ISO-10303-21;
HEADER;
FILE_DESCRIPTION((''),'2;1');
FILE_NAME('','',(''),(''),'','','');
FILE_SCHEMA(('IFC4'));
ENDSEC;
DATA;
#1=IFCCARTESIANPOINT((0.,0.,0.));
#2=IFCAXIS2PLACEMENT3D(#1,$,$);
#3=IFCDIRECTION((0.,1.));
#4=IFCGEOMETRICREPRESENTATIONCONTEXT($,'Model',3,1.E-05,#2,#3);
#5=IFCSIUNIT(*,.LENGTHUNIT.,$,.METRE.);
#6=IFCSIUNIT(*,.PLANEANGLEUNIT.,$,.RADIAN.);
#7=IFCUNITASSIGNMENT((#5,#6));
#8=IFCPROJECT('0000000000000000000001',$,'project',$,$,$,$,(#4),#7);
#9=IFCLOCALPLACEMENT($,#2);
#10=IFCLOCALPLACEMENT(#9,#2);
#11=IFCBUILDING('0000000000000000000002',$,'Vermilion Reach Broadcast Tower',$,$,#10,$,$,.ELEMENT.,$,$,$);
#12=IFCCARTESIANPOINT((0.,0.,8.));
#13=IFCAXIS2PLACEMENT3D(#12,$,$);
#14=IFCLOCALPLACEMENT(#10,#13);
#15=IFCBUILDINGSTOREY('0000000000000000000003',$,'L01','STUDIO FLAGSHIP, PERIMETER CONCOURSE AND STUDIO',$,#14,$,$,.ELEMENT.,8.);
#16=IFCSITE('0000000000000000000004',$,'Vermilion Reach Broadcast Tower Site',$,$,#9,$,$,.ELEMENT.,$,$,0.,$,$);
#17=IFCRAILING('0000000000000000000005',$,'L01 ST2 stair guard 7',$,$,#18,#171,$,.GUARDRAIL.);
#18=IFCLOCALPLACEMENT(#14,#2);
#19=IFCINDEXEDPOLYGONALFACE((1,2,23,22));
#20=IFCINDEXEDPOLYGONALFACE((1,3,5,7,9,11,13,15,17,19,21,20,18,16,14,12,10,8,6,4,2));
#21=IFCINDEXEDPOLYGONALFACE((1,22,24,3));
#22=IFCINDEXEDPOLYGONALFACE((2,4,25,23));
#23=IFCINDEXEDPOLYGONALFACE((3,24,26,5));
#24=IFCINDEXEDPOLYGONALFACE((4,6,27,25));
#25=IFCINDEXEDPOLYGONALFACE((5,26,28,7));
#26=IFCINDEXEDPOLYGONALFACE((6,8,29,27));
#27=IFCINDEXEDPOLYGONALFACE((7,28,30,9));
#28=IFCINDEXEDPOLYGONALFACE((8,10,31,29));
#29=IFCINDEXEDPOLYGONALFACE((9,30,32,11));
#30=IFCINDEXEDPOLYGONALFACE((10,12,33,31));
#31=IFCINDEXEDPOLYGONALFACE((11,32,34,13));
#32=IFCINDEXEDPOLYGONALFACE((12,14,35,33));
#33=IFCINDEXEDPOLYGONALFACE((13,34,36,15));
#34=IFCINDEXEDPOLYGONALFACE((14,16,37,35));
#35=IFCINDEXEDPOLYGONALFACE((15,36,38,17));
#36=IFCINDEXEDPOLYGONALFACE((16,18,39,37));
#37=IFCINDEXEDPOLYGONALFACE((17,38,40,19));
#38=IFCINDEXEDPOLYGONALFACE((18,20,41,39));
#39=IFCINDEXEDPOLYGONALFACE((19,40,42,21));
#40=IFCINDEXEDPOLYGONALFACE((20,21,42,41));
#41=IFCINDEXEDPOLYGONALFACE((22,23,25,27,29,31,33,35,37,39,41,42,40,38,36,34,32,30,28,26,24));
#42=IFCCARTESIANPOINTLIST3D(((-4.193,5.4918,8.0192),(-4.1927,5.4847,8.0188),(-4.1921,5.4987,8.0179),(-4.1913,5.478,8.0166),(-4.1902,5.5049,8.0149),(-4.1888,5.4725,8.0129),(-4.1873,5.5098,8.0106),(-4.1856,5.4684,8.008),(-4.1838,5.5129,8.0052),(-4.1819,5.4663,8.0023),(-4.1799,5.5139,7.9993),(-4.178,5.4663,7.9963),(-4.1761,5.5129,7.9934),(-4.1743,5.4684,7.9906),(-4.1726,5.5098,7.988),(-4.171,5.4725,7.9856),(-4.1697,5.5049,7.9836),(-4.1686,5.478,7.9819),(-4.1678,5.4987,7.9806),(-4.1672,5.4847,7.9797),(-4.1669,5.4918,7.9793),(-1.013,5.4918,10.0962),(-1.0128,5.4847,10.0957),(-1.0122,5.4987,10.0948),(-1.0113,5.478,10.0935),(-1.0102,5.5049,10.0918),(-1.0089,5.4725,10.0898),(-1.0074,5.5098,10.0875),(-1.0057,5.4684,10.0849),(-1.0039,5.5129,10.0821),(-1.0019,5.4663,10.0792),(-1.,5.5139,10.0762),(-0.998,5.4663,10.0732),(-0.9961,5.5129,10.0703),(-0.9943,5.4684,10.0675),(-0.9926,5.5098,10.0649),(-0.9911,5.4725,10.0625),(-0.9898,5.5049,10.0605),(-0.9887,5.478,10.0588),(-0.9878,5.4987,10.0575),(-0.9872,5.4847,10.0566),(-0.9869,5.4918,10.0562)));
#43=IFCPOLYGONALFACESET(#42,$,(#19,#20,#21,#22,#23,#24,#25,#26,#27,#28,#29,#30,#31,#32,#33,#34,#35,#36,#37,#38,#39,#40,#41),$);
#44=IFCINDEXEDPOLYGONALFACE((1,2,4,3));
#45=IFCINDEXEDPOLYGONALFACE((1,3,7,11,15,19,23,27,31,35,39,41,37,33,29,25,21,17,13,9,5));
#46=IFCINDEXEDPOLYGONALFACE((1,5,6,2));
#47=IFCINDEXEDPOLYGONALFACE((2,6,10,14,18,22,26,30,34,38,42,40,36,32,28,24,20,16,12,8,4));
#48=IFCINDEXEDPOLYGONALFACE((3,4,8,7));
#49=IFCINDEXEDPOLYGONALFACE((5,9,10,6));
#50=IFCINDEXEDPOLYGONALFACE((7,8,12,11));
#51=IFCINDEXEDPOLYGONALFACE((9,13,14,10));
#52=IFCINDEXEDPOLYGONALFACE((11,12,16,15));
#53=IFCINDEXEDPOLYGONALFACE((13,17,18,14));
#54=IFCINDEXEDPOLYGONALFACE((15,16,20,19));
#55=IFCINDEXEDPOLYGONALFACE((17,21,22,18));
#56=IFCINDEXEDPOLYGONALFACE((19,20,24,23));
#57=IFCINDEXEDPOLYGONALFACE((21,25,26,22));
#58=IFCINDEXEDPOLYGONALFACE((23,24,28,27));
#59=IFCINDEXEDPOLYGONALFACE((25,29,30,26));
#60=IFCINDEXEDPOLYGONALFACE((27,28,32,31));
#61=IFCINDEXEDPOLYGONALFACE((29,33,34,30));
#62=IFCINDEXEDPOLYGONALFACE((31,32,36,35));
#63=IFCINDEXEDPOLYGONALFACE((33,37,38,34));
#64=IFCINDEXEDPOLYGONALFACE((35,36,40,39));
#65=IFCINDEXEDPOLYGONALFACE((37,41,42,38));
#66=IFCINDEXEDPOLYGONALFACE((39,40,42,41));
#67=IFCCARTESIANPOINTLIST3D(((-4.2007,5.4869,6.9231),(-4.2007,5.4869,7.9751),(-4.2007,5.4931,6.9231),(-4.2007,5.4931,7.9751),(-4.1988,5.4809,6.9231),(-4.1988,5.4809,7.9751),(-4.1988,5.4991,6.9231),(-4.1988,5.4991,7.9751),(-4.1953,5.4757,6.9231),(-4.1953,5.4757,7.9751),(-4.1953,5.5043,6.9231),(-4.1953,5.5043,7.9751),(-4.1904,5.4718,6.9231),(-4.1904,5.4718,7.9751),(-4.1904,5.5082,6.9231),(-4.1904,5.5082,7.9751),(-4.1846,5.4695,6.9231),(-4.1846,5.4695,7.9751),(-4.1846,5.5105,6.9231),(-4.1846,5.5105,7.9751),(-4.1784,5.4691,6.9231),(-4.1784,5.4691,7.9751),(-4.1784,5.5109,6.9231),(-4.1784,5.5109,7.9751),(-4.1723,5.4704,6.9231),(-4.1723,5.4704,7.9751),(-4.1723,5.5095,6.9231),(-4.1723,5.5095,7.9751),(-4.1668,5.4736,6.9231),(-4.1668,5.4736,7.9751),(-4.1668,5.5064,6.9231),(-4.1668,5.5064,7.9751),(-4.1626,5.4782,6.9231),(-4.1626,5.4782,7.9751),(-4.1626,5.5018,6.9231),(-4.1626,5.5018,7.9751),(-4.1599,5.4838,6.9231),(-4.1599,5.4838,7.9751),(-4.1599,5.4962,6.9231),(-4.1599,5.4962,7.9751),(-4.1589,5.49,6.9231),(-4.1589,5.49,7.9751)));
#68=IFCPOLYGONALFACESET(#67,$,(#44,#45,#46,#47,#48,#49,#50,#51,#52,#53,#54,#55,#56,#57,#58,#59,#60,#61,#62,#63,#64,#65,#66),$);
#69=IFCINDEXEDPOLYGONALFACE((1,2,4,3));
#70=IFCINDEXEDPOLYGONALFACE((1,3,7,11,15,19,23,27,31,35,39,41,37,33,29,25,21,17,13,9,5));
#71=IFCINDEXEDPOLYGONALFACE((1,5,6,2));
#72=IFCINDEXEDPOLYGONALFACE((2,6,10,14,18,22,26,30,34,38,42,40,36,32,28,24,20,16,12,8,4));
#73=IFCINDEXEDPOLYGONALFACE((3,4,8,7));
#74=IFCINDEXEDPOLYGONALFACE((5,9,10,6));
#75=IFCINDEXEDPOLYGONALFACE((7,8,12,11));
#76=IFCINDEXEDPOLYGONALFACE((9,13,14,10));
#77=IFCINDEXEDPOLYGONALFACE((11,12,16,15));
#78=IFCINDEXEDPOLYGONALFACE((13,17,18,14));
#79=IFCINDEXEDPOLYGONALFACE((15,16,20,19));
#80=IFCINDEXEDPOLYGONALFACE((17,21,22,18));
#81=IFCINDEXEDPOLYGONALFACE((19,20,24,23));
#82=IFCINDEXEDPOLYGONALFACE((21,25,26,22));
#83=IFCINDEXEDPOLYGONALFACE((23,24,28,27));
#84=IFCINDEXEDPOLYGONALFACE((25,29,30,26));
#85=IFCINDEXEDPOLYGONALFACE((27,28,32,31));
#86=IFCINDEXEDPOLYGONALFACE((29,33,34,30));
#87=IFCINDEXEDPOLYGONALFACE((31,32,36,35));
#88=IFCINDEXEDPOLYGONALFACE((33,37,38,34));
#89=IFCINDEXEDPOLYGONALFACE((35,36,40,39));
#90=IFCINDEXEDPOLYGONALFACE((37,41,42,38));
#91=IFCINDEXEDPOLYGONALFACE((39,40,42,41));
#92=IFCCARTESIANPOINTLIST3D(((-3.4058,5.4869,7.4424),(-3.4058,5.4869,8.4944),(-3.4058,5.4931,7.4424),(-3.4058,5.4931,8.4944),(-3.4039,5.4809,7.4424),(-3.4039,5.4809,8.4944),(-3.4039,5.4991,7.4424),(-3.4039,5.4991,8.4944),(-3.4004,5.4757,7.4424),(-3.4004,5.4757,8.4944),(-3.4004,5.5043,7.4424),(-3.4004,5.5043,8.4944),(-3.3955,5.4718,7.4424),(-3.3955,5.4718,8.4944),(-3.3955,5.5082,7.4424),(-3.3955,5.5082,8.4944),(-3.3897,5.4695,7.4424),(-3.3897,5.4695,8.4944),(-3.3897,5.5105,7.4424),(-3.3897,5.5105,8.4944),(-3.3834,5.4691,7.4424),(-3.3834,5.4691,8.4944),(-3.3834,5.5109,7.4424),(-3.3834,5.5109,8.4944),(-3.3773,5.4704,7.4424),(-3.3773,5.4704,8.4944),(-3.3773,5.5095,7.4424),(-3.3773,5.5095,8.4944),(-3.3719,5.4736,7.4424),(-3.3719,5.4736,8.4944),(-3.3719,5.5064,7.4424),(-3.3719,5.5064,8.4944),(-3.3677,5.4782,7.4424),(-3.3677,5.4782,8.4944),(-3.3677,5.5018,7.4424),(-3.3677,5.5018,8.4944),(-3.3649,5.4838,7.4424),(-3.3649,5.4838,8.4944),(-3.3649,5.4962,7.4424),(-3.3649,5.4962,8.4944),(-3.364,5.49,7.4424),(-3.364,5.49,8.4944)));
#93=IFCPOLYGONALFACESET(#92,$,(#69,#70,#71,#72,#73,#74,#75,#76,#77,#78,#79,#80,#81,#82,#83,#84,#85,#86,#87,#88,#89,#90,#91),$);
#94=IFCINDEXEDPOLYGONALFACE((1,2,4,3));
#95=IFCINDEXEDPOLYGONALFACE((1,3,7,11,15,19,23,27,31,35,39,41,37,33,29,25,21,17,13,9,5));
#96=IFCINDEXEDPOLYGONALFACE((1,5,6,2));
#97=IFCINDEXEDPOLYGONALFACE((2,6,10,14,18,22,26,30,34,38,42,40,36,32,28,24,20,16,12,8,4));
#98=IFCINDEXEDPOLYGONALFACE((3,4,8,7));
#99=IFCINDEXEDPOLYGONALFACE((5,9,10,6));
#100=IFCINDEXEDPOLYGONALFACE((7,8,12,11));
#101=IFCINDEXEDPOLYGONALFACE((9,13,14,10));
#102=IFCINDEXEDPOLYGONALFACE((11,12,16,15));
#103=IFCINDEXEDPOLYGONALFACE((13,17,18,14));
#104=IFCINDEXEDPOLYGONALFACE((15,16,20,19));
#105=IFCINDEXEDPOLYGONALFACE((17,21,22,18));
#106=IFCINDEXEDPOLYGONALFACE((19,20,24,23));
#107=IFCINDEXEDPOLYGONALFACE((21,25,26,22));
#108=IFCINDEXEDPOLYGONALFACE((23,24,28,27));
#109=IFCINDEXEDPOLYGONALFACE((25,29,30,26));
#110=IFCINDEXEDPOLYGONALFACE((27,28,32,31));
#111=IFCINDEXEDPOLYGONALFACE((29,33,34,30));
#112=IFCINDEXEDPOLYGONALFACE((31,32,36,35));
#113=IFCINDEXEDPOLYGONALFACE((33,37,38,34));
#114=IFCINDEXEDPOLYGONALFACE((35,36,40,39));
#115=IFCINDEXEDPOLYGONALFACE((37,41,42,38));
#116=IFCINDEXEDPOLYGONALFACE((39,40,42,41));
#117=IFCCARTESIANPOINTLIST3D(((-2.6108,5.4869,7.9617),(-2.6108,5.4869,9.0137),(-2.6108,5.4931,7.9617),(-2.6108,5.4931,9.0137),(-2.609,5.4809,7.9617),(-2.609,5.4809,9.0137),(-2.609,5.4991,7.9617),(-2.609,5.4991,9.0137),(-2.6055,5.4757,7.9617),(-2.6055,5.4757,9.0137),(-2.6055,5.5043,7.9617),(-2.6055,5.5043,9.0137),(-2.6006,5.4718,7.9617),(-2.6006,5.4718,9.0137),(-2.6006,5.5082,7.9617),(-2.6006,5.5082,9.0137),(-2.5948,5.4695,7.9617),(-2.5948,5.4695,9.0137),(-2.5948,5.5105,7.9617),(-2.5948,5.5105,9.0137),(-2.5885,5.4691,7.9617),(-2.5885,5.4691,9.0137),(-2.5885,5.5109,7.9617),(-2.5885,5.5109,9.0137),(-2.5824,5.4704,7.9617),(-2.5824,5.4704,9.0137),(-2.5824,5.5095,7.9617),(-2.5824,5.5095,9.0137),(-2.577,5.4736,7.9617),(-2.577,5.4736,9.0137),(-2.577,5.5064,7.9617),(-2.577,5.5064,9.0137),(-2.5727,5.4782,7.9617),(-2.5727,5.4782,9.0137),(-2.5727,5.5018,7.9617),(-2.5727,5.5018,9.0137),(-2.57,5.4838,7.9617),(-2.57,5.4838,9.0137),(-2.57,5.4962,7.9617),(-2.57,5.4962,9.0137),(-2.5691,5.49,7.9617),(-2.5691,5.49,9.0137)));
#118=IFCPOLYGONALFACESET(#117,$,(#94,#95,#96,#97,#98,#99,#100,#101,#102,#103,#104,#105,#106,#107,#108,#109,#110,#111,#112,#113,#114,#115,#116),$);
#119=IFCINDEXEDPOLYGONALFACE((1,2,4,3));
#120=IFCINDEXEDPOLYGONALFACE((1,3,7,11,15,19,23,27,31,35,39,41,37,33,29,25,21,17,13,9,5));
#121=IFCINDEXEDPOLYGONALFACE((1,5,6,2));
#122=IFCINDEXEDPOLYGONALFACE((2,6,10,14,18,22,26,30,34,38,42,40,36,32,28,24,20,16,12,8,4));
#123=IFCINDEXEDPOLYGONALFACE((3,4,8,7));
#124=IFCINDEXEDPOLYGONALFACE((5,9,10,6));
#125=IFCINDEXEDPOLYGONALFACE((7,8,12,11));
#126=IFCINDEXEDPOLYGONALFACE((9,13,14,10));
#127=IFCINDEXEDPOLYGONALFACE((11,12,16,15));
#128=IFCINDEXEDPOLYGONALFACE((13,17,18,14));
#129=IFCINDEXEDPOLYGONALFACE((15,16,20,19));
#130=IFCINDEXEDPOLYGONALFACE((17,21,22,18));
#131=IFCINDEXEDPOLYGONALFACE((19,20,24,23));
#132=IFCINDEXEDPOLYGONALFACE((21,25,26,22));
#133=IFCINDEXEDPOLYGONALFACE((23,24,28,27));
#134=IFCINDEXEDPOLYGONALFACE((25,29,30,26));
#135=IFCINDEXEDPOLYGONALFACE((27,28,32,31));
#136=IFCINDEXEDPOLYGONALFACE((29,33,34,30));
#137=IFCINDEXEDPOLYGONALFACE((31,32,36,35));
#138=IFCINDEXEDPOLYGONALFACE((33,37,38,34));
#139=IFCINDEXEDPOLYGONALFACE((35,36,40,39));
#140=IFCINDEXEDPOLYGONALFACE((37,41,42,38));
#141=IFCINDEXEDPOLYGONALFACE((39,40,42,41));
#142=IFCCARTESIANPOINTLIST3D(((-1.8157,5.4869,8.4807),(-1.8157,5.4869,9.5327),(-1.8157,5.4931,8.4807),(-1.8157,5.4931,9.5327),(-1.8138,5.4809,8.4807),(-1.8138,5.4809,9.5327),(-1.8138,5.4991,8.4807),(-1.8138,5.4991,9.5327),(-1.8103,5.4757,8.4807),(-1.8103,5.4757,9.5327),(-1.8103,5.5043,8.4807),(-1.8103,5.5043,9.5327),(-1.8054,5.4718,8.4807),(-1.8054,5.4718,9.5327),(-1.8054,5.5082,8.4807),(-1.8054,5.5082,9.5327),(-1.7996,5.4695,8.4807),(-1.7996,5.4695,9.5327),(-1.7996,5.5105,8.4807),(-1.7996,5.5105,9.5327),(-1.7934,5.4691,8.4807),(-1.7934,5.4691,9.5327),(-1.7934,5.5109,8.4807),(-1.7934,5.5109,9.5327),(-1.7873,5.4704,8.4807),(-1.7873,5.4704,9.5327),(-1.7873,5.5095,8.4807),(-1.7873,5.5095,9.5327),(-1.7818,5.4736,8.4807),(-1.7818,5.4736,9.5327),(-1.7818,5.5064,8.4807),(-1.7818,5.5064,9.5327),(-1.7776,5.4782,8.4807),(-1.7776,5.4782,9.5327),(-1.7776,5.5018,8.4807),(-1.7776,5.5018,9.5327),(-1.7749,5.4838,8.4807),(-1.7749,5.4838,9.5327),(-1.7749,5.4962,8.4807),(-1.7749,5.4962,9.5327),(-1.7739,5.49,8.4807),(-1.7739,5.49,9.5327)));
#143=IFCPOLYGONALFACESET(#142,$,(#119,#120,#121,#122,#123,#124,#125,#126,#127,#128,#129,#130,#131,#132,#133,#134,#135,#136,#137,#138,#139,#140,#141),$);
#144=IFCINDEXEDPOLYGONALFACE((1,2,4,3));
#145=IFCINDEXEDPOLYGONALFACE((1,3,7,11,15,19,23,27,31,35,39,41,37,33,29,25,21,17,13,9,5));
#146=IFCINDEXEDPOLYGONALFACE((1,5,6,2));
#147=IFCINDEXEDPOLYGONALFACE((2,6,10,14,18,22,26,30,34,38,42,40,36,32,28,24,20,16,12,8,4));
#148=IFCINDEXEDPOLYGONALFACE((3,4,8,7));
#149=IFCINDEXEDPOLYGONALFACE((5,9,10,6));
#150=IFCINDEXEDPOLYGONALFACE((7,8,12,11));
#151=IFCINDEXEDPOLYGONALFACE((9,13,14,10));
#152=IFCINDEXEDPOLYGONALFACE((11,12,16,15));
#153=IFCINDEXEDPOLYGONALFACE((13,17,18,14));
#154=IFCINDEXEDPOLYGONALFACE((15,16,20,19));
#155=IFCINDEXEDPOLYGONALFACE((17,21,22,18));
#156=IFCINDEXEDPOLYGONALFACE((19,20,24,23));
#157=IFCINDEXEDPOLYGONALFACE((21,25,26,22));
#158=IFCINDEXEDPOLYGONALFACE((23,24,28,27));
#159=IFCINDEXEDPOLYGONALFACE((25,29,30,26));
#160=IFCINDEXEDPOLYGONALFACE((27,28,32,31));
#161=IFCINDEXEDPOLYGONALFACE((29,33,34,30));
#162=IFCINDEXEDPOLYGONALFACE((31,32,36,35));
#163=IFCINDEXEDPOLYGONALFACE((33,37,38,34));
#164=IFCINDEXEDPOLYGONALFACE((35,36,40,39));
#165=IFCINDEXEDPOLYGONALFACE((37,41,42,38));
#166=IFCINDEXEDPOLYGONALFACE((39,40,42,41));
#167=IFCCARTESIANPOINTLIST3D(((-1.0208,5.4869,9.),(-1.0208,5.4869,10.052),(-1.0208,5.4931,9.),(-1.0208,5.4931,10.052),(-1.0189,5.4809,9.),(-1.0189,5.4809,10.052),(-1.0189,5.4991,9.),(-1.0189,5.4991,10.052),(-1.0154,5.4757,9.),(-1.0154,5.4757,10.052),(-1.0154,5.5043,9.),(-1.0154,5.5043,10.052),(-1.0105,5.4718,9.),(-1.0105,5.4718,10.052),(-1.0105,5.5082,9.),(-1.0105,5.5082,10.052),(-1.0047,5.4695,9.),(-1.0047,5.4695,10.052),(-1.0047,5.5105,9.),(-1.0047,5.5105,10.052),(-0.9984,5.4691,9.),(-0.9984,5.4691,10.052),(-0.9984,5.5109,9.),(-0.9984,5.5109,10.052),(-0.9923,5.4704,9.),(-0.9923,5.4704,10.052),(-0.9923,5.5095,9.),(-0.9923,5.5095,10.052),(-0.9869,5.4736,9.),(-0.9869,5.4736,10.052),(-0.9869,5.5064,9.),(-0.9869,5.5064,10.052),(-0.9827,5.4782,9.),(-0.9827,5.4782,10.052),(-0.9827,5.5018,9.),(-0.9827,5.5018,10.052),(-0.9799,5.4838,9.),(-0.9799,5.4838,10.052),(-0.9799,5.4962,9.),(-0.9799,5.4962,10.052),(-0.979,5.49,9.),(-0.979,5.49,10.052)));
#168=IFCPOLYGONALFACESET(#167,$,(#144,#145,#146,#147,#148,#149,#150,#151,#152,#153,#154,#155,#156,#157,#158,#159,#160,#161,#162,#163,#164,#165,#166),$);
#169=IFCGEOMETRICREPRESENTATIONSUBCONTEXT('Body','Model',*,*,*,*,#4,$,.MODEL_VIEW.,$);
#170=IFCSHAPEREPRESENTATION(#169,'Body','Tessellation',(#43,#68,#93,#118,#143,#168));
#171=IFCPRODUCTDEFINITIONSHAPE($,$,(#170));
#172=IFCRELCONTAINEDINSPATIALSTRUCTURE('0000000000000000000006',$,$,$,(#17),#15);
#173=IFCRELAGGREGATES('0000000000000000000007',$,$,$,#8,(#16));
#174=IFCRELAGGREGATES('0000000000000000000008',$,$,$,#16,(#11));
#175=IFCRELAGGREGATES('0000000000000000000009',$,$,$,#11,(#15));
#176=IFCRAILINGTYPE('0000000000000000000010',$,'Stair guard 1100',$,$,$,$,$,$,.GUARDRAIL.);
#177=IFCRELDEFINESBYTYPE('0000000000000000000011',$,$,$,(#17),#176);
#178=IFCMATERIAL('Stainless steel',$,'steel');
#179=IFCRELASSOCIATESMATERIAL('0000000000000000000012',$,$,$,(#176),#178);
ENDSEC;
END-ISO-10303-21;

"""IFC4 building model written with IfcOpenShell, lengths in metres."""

from ifc_helpers import new_model, si_unit, direction, frame, origin, origin_2d, place, context, subcontext, project, spatial, circle, extrude, material, type_object, element, save


model = new_model("IFC4")

# Units and contexts
model_context = context("Model", 3, precision=1e-05, world=origin(), true_north=direction((0.0, 1.0)))
body_context = subcontext(model_context, "Body", "Model", "MODEL_VIEW")
ifc_project = project(units=[si_unit("LENGTHUNIT", "METRE"), si_unit("PLANEANGLEUNIT", "RADIAN")], contexts=[model_context])

# Site, building, storey
site_placement = place(None, origin())
site = spatial("IfcSite", under=ifc_project, at=site_placement, Name="Vermilion Reach Broadcast Tower Site", CompositionType="ELEMENT", RefElevation=0.0)
building_placement = place(site_placement, origin())
building = spatial("IfcBuilding", under=site, at=building_placement, Name="Vermilion Reach Broadcast Tower", CompositionType="ELEMENT")
storey_placement = place(building_placement, frame((0.0, 0.0, 8.0)))
storey = spatial("IfcBuildingStorey", under=building, at=storey_placement, Name="L01", Description="STUDIO FLAGSHIP, PERIMETER CONCOURSE AND STUDIO", CompositionType="ELEMENT", Elevation=8.0)

# Railing
ifc_material_1 = material(Name="Stainless steel", Category="steel")
railing_type_1 = type_object("IfcRailingType", Name="Stair guard 1100", PredefinedType="GUARDRAIL", material=ifc_material_1)
railing_1_placement = place(storey_placement, frame((-4.1799, 5.49, 6.9231)))
element("IfcRailing", 1, at=railing_1_placement, inside=storey, type_object=railing_type_1, Name="L01 ST2 stair guard 7", PredefinedType="GUARDRAIL", context=body_context, shape_type="SweptSolid", body=[
    extrude(circle(Radius=0.0239, at=origin_2d()), frame((0.0, 0.0, 1.0762), z_axis=(0.837245, 0.0, 0.546828), x_axis=(0.0, 1.0, 0.0)), (0.0, 0.0, 1.0), 3.7981),
    extrude(circle(Radius=0.021, at=origin_2d()), origin(), (0.0, 0.0, 1.0), 1.052),
    extrude(circle(Radius=0.021, at=origin_2d()), frame((0.7949, 0.0, 0.5193)), (0.0, 0.0, 1.0), 1.052),
    extrude(circle(Radius=0.021, at=origin_2d()), frame((1.5898, 0.0, 1.0386)), (0.0, 0.0, 1.0), 1.052),
    extrude(circle(Radius=0.021, at=origin_2d()), frame((2.385, 0.0, 1.5576)), (0.0, 0.0, 1.0), 1.052),
    extrude(circle(Radius=0.021, at=origin_2d()), frame((3.1799, 0.0, 2.0769)), (0.0, 0.0, 1.0), 1.052),
])

save(model, "model.ifc")
